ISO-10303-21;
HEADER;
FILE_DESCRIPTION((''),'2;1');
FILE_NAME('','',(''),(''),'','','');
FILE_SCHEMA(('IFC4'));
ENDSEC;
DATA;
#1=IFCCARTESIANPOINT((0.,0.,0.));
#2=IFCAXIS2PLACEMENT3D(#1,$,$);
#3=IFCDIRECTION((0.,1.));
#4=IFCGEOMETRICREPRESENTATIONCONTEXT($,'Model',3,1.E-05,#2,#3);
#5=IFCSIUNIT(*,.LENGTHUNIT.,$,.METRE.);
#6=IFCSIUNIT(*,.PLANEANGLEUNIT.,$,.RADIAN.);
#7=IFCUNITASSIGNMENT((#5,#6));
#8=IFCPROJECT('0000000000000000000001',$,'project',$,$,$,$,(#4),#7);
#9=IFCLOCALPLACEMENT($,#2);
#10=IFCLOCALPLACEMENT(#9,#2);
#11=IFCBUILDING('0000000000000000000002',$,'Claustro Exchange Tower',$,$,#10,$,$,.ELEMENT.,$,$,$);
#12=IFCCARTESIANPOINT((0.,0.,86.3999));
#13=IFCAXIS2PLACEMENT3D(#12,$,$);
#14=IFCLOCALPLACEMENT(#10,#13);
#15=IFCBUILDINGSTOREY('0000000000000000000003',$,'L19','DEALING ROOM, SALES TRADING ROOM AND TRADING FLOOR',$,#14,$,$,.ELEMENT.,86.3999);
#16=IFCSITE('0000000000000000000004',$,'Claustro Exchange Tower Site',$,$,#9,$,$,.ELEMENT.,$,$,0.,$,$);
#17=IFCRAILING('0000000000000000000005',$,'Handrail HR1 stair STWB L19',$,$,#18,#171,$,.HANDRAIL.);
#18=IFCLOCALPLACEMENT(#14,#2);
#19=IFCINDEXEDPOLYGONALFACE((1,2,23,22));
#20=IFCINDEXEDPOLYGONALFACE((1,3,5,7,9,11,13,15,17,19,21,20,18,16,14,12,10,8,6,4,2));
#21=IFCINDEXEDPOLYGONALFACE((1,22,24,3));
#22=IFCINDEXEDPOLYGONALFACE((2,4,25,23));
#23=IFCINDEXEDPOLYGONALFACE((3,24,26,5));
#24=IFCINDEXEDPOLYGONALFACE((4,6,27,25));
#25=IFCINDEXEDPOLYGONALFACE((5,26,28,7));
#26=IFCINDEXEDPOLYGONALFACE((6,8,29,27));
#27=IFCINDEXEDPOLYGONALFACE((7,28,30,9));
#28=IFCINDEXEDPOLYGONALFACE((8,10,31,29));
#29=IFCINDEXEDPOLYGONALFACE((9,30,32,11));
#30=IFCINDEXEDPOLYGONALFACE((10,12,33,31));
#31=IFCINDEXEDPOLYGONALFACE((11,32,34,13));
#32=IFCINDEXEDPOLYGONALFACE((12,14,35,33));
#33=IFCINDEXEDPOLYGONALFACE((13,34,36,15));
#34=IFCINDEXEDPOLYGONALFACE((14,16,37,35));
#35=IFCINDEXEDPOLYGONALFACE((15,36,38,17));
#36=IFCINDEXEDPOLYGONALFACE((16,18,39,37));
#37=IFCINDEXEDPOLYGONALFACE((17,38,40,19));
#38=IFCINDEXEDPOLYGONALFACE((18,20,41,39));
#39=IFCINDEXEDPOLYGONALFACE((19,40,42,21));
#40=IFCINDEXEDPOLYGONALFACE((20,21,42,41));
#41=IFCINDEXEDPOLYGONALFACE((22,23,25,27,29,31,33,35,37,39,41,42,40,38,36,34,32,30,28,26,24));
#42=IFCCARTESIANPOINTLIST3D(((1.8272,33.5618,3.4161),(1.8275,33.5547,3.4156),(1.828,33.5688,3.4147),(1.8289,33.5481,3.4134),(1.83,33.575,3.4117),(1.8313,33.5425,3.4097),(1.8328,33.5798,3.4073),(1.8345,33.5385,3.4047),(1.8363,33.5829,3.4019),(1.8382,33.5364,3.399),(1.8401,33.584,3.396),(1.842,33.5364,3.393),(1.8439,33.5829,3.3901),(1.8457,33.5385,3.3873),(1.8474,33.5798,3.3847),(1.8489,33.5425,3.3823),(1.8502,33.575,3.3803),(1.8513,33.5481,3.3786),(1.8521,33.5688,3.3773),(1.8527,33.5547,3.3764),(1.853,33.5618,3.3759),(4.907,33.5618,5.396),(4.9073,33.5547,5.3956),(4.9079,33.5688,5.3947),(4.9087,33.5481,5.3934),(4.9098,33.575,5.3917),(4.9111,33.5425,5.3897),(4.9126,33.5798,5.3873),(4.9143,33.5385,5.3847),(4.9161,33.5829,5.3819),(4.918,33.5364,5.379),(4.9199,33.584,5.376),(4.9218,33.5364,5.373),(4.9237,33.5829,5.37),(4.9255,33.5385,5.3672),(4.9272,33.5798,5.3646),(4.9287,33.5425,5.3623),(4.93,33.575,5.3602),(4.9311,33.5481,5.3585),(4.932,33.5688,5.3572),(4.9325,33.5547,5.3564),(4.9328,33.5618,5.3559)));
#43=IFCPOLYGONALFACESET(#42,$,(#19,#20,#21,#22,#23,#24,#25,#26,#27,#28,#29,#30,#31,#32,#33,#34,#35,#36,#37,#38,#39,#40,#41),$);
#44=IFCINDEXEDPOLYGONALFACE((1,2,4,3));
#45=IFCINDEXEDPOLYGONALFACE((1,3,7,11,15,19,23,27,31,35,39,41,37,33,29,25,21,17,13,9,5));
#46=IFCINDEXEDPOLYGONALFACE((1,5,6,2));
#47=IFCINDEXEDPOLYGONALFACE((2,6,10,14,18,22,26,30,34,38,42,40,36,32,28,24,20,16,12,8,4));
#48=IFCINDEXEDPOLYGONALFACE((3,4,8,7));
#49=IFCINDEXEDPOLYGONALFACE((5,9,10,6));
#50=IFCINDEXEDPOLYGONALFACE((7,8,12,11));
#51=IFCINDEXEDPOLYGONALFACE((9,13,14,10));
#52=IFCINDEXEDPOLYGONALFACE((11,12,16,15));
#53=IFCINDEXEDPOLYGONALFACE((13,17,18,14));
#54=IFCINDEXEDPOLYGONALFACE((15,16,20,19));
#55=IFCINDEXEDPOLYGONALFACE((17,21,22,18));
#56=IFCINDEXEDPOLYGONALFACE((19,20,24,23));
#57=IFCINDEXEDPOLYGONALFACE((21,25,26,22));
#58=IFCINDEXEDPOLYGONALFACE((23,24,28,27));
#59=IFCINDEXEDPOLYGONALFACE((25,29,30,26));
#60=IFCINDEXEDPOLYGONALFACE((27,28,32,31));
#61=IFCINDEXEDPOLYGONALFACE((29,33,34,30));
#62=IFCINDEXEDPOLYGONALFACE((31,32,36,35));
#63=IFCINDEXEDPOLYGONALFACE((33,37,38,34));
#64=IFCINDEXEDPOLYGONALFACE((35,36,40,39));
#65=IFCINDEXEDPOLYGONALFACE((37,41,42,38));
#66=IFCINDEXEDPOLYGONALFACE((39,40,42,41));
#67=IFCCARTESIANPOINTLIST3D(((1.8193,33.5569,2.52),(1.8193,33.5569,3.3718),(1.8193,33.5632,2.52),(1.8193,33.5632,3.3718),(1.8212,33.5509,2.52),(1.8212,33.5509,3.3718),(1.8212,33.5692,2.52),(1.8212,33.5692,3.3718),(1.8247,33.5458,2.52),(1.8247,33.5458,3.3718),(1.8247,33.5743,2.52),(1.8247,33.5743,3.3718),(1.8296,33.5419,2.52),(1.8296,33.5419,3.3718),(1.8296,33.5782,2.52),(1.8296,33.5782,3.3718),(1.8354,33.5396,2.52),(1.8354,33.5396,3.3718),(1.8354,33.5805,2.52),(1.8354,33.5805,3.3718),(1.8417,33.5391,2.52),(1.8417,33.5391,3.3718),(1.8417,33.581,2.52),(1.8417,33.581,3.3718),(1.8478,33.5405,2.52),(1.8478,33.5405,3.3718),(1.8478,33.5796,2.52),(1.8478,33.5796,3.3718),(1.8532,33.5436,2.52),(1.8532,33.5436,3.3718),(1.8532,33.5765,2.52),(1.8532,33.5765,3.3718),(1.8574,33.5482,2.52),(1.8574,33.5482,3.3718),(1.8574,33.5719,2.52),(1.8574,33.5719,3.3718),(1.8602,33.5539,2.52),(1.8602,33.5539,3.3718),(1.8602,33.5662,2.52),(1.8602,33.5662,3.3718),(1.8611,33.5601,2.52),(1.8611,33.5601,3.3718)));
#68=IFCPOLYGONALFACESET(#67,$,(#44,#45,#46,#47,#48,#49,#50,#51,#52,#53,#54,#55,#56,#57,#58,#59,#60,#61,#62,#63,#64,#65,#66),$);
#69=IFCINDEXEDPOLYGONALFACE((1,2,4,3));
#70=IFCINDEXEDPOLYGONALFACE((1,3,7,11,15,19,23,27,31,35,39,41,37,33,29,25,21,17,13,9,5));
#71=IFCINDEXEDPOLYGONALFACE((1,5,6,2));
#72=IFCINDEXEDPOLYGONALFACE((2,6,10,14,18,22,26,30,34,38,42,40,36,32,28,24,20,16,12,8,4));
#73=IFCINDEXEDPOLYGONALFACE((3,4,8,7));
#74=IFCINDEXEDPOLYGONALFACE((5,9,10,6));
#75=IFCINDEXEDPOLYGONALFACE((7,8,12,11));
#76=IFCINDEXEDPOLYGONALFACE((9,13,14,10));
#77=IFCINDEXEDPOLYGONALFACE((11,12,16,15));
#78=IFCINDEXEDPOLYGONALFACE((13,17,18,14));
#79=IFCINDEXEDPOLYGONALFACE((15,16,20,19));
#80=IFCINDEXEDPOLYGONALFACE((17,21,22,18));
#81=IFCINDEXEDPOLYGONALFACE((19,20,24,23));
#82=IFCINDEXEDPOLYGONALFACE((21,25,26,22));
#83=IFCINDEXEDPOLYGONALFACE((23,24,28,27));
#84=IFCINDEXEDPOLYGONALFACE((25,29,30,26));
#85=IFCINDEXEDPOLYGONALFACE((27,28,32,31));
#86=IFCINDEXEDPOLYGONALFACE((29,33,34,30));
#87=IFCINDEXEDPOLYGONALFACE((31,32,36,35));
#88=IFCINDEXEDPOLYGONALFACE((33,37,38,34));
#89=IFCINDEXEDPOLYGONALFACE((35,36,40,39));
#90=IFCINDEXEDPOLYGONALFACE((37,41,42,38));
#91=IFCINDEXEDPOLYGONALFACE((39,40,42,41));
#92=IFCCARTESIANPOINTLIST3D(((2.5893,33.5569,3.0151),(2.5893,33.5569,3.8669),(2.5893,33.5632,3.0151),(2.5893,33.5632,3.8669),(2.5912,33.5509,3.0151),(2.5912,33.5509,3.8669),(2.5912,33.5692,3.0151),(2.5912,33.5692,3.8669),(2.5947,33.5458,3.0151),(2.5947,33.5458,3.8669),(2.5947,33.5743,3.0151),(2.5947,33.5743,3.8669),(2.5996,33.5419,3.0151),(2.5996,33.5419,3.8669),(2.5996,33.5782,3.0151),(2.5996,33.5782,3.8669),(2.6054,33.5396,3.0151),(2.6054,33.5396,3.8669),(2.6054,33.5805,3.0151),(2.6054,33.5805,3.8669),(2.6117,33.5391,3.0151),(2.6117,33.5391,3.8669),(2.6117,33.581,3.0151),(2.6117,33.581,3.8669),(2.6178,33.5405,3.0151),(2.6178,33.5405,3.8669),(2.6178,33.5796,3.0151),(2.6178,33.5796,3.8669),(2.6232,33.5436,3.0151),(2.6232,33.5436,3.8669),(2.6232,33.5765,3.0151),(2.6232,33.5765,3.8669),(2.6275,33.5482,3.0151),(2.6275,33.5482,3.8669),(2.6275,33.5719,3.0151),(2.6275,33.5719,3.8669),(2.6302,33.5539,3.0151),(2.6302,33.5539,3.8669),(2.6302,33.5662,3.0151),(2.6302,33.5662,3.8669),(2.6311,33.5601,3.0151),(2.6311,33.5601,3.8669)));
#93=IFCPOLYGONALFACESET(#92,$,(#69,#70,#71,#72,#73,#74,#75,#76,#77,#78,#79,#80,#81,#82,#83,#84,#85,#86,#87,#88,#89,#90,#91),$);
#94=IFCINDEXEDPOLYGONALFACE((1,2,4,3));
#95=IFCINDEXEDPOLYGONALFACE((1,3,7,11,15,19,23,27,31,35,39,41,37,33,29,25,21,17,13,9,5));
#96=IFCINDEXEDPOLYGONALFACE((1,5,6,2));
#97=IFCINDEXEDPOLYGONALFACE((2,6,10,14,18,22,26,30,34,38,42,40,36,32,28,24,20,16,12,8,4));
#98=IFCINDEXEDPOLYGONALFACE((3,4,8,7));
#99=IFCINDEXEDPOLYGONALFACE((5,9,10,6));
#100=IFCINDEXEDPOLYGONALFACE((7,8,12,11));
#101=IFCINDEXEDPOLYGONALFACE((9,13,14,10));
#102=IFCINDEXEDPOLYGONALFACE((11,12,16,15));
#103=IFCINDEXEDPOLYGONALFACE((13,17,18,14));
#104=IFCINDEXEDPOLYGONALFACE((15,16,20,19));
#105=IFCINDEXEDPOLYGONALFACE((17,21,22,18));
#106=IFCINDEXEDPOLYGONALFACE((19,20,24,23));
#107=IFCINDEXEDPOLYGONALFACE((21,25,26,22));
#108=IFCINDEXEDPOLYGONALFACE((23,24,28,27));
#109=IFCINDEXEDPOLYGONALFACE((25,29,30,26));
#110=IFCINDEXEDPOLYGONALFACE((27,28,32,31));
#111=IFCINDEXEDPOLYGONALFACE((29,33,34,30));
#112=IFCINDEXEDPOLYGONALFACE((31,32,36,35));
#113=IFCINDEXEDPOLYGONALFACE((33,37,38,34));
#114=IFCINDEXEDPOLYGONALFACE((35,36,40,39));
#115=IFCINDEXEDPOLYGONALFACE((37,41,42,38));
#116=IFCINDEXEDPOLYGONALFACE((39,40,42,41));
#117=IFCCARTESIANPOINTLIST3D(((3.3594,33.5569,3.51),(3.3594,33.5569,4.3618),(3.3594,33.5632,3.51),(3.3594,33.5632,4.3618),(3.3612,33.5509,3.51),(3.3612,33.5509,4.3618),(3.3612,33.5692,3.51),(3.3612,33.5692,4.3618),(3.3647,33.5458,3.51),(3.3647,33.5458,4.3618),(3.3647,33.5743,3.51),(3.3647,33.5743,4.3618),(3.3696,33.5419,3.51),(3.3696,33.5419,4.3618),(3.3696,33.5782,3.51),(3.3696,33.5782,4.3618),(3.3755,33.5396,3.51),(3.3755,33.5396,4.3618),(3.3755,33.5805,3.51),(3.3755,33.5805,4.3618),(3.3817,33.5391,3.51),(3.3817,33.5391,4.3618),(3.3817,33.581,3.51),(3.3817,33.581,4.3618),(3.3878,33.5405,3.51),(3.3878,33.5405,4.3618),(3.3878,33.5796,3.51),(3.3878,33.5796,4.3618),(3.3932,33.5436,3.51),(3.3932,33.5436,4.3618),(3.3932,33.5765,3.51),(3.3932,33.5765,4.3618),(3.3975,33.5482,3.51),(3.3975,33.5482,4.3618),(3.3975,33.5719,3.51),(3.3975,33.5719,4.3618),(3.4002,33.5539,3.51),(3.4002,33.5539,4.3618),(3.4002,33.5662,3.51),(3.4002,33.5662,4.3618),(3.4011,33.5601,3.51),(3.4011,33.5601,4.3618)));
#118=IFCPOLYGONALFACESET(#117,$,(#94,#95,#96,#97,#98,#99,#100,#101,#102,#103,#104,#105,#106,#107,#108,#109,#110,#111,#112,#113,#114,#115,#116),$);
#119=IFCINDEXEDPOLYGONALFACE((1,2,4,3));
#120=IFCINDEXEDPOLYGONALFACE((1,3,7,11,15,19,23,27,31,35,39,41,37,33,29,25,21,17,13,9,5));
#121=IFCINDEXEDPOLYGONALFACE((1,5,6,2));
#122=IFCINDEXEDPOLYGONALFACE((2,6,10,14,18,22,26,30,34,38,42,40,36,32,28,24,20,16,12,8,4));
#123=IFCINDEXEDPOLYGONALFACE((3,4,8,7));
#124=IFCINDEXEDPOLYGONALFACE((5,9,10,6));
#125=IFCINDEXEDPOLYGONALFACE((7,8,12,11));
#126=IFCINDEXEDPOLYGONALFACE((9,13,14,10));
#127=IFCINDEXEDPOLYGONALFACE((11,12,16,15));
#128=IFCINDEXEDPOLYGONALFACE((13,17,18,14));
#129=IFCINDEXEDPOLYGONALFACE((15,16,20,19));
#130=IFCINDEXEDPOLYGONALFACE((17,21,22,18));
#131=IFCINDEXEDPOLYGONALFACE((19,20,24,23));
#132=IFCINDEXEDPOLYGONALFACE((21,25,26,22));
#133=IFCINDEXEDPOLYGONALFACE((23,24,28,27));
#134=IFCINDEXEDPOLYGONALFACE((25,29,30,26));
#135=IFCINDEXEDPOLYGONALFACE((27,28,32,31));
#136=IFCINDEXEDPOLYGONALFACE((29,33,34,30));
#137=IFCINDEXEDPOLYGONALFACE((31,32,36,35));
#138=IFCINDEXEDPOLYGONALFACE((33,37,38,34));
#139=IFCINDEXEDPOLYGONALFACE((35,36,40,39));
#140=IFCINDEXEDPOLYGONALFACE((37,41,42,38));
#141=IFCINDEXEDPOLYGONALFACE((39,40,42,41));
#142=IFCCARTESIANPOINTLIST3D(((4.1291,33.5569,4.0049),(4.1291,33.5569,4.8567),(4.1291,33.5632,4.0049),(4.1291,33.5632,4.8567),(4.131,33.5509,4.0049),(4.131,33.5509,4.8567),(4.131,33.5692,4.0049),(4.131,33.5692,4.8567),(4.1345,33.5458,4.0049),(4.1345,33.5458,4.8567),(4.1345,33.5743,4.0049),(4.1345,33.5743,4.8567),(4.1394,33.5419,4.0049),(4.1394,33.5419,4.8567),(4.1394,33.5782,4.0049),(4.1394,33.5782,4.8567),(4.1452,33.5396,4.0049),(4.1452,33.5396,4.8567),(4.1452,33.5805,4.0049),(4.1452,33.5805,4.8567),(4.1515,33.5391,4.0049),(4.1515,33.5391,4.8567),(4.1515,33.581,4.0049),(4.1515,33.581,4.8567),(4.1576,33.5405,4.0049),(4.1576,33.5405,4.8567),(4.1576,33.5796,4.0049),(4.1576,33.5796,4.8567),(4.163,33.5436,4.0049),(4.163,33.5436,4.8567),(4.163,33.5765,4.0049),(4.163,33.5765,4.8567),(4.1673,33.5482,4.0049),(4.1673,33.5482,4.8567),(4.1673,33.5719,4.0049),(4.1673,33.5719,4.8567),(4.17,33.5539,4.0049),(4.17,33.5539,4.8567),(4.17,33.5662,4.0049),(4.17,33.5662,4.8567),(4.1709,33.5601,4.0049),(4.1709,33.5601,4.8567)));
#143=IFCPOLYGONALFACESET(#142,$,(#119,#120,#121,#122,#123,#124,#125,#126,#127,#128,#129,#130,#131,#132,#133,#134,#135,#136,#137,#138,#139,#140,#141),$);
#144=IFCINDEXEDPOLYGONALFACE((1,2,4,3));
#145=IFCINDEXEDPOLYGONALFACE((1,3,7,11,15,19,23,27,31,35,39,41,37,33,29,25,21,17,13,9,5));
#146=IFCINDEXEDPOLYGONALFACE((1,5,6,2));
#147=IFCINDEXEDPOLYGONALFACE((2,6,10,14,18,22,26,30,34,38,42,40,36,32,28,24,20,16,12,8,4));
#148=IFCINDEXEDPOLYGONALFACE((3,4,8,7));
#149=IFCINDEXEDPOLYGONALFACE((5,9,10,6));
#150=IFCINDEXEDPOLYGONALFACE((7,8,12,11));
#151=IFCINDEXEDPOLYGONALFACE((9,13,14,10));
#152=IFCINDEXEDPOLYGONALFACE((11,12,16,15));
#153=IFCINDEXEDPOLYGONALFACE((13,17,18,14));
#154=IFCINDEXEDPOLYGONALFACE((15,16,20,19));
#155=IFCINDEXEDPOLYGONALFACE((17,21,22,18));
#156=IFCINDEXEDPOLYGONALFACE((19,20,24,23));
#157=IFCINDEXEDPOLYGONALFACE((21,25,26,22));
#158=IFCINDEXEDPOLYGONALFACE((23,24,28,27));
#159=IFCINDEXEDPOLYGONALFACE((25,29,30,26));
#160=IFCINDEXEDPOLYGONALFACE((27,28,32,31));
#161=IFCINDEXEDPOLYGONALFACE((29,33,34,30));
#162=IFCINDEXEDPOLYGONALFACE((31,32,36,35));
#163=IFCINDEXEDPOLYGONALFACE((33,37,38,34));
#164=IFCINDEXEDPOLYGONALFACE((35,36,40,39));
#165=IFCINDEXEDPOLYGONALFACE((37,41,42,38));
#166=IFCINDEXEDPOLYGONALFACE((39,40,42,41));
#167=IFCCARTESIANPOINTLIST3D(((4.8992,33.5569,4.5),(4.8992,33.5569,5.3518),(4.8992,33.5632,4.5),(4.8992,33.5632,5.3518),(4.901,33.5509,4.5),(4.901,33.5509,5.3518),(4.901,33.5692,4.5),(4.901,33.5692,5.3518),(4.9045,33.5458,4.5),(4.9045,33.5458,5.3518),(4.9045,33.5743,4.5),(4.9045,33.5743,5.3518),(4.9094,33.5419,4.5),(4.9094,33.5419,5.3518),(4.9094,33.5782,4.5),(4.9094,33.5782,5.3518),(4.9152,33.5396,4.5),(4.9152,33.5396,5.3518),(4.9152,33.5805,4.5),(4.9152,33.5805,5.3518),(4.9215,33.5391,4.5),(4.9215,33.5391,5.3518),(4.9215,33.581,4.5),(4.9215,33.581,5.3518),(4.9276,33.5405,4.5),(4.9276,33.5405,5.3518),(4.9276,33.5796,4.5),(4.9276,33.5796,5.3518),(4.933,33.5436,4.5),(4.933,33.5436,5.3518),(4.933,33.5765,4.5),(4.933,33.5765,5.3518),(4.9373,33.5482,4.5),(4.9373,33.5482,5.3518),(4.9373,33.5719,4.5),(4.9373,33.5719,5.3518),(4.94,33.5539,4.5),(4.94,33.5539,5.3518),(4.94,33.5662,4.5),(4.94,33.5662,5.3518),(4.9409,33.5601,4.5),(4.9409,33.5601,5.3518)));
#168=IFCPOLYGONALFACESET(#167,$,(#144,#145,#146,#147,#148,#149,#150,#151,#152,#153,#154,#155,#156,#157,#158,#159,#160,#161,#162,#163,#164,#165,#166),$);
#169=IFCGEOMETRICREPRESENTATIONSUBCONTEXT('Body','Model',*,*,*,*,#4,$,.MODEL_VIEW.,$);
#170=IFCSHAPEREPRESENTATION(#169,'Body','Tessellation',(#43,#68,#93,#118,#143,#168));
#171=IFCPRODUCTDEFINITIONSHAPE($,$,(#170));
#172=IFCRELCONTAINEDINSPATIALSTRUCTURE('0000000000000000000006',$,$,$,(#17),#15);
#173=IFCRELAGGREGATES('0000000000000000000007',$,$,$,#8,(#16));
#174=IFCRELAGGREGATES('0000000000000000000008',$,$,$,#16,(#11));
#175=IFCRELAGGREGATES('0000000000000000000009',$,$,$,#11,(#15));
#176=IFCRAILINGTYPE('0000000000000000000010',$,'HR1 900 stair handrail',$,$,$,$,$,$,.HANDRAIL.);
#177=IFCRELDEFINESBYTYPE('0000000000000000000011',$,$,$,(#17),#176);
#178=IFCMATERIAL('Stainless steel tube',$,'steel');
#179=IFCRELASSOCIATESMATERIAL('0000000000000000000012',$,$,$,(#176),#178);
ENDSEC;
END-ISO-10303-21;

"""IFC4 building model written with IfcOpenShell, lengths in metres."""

from ifc_helpers import new_model, si_unit, direction, frame, origin, origin_2d, place, context, subcontext, project, spatial, circle, extrude, material, type_object, element, save


model = new_model("IFC4")

# Units and contexts
model_context = context("Model", 3, precision=1e-05, world=origin(), true_north=direction((0.0, 1.0)))
body_context = subcontext(model_context, "Body", "Model", "MODEL_VIEW")
ifc_project = project(units=[si_unit("LENGTHUNIT", "METRE"), si_unit("PLANEANGLEUNIT", "RADIAN")], contexts=[model_context])

# Site, building, storey
site_placement = place(None, origin())
site = spatial("IfcSite", under=ifc_project, at=site_placement, Name="Claustro Exchange Tower Site", CompositionType="ELEMENT", RefElevation=0.0)
building_placement = place(site_placement, origin())
building = spatial("IfcBuilding", under=site, at=building_placement, Name="Claustro Exchange Tower", CompositionType="ELEMENT")
storey_placement = place(building_placement, frame((0.0, 0.0, 86.3999)))
storey = spatial("IfcBuildingStorey", under=building, at=storey_placement, Name="L19", Description="DEALING ROOM, SALES TRADING ROOM AND TRADING FLOOR", CompositionType="ELEMENT", Elevation=86.3999)

# Railing
ifc_material_1 = material(Name="Stainless steel tube", Category="steel")
railing_type_1 = type_object("IfcRailingType", Name="HR1 900 stair handrail", PredefinedType="HANDRAIL", material=ifc_material_1)
railing_1_placement = place(storey_placement, frame((1.8401, 33.5601, 2.52)))
element("IfcRailing", 1, at=railing_1_placement, inside=storey, type_object=railing_type_1, Name="Handrail HR1 stair STWB L19", PredefinedType="HANDRAIL", context=body_context, shape_type="SweptSolid", body=[
    extrude(circle(Radius=0.0239, at=origin_2d()), frame((0.0, 0.0, 0.876), z_axis=(0.841168, 0.0, 0.540774), x_axis=(0.0, 1.0, 0.0)), (0.0, 0.0, 1.0), 3.6614),
    extrude(circle(Radius=0.021, at=origin_2d()), origin(), (0.0, 0.0, 1.0), 0.8518),
    extrude(circle(Radius=0.021, at=origin_2d()), frame((0.77, 0.0, 0.4951)), (0.0, 0.0, 1.0), 0.8518),
    extrude(circle(Radius=0.021, at=origin_2d()), frame((1.54, 0.0, 0.99)), (0.0, 0.0, 1.0), 0.8518),
    extrude(circle(Radius=0.021, at=origin_2d()), frame((2.3098, 0.0, 1.4849)), (0.0, 0.0, 1.0), 0.8518),
    extrude(circle(Radius=0.021, at=origin_2d()), frame((3.0798, 0.0, 1.98)), (0.0, 0.0, 1.0), 0.8518),
])

save(model, "model.ifc")
